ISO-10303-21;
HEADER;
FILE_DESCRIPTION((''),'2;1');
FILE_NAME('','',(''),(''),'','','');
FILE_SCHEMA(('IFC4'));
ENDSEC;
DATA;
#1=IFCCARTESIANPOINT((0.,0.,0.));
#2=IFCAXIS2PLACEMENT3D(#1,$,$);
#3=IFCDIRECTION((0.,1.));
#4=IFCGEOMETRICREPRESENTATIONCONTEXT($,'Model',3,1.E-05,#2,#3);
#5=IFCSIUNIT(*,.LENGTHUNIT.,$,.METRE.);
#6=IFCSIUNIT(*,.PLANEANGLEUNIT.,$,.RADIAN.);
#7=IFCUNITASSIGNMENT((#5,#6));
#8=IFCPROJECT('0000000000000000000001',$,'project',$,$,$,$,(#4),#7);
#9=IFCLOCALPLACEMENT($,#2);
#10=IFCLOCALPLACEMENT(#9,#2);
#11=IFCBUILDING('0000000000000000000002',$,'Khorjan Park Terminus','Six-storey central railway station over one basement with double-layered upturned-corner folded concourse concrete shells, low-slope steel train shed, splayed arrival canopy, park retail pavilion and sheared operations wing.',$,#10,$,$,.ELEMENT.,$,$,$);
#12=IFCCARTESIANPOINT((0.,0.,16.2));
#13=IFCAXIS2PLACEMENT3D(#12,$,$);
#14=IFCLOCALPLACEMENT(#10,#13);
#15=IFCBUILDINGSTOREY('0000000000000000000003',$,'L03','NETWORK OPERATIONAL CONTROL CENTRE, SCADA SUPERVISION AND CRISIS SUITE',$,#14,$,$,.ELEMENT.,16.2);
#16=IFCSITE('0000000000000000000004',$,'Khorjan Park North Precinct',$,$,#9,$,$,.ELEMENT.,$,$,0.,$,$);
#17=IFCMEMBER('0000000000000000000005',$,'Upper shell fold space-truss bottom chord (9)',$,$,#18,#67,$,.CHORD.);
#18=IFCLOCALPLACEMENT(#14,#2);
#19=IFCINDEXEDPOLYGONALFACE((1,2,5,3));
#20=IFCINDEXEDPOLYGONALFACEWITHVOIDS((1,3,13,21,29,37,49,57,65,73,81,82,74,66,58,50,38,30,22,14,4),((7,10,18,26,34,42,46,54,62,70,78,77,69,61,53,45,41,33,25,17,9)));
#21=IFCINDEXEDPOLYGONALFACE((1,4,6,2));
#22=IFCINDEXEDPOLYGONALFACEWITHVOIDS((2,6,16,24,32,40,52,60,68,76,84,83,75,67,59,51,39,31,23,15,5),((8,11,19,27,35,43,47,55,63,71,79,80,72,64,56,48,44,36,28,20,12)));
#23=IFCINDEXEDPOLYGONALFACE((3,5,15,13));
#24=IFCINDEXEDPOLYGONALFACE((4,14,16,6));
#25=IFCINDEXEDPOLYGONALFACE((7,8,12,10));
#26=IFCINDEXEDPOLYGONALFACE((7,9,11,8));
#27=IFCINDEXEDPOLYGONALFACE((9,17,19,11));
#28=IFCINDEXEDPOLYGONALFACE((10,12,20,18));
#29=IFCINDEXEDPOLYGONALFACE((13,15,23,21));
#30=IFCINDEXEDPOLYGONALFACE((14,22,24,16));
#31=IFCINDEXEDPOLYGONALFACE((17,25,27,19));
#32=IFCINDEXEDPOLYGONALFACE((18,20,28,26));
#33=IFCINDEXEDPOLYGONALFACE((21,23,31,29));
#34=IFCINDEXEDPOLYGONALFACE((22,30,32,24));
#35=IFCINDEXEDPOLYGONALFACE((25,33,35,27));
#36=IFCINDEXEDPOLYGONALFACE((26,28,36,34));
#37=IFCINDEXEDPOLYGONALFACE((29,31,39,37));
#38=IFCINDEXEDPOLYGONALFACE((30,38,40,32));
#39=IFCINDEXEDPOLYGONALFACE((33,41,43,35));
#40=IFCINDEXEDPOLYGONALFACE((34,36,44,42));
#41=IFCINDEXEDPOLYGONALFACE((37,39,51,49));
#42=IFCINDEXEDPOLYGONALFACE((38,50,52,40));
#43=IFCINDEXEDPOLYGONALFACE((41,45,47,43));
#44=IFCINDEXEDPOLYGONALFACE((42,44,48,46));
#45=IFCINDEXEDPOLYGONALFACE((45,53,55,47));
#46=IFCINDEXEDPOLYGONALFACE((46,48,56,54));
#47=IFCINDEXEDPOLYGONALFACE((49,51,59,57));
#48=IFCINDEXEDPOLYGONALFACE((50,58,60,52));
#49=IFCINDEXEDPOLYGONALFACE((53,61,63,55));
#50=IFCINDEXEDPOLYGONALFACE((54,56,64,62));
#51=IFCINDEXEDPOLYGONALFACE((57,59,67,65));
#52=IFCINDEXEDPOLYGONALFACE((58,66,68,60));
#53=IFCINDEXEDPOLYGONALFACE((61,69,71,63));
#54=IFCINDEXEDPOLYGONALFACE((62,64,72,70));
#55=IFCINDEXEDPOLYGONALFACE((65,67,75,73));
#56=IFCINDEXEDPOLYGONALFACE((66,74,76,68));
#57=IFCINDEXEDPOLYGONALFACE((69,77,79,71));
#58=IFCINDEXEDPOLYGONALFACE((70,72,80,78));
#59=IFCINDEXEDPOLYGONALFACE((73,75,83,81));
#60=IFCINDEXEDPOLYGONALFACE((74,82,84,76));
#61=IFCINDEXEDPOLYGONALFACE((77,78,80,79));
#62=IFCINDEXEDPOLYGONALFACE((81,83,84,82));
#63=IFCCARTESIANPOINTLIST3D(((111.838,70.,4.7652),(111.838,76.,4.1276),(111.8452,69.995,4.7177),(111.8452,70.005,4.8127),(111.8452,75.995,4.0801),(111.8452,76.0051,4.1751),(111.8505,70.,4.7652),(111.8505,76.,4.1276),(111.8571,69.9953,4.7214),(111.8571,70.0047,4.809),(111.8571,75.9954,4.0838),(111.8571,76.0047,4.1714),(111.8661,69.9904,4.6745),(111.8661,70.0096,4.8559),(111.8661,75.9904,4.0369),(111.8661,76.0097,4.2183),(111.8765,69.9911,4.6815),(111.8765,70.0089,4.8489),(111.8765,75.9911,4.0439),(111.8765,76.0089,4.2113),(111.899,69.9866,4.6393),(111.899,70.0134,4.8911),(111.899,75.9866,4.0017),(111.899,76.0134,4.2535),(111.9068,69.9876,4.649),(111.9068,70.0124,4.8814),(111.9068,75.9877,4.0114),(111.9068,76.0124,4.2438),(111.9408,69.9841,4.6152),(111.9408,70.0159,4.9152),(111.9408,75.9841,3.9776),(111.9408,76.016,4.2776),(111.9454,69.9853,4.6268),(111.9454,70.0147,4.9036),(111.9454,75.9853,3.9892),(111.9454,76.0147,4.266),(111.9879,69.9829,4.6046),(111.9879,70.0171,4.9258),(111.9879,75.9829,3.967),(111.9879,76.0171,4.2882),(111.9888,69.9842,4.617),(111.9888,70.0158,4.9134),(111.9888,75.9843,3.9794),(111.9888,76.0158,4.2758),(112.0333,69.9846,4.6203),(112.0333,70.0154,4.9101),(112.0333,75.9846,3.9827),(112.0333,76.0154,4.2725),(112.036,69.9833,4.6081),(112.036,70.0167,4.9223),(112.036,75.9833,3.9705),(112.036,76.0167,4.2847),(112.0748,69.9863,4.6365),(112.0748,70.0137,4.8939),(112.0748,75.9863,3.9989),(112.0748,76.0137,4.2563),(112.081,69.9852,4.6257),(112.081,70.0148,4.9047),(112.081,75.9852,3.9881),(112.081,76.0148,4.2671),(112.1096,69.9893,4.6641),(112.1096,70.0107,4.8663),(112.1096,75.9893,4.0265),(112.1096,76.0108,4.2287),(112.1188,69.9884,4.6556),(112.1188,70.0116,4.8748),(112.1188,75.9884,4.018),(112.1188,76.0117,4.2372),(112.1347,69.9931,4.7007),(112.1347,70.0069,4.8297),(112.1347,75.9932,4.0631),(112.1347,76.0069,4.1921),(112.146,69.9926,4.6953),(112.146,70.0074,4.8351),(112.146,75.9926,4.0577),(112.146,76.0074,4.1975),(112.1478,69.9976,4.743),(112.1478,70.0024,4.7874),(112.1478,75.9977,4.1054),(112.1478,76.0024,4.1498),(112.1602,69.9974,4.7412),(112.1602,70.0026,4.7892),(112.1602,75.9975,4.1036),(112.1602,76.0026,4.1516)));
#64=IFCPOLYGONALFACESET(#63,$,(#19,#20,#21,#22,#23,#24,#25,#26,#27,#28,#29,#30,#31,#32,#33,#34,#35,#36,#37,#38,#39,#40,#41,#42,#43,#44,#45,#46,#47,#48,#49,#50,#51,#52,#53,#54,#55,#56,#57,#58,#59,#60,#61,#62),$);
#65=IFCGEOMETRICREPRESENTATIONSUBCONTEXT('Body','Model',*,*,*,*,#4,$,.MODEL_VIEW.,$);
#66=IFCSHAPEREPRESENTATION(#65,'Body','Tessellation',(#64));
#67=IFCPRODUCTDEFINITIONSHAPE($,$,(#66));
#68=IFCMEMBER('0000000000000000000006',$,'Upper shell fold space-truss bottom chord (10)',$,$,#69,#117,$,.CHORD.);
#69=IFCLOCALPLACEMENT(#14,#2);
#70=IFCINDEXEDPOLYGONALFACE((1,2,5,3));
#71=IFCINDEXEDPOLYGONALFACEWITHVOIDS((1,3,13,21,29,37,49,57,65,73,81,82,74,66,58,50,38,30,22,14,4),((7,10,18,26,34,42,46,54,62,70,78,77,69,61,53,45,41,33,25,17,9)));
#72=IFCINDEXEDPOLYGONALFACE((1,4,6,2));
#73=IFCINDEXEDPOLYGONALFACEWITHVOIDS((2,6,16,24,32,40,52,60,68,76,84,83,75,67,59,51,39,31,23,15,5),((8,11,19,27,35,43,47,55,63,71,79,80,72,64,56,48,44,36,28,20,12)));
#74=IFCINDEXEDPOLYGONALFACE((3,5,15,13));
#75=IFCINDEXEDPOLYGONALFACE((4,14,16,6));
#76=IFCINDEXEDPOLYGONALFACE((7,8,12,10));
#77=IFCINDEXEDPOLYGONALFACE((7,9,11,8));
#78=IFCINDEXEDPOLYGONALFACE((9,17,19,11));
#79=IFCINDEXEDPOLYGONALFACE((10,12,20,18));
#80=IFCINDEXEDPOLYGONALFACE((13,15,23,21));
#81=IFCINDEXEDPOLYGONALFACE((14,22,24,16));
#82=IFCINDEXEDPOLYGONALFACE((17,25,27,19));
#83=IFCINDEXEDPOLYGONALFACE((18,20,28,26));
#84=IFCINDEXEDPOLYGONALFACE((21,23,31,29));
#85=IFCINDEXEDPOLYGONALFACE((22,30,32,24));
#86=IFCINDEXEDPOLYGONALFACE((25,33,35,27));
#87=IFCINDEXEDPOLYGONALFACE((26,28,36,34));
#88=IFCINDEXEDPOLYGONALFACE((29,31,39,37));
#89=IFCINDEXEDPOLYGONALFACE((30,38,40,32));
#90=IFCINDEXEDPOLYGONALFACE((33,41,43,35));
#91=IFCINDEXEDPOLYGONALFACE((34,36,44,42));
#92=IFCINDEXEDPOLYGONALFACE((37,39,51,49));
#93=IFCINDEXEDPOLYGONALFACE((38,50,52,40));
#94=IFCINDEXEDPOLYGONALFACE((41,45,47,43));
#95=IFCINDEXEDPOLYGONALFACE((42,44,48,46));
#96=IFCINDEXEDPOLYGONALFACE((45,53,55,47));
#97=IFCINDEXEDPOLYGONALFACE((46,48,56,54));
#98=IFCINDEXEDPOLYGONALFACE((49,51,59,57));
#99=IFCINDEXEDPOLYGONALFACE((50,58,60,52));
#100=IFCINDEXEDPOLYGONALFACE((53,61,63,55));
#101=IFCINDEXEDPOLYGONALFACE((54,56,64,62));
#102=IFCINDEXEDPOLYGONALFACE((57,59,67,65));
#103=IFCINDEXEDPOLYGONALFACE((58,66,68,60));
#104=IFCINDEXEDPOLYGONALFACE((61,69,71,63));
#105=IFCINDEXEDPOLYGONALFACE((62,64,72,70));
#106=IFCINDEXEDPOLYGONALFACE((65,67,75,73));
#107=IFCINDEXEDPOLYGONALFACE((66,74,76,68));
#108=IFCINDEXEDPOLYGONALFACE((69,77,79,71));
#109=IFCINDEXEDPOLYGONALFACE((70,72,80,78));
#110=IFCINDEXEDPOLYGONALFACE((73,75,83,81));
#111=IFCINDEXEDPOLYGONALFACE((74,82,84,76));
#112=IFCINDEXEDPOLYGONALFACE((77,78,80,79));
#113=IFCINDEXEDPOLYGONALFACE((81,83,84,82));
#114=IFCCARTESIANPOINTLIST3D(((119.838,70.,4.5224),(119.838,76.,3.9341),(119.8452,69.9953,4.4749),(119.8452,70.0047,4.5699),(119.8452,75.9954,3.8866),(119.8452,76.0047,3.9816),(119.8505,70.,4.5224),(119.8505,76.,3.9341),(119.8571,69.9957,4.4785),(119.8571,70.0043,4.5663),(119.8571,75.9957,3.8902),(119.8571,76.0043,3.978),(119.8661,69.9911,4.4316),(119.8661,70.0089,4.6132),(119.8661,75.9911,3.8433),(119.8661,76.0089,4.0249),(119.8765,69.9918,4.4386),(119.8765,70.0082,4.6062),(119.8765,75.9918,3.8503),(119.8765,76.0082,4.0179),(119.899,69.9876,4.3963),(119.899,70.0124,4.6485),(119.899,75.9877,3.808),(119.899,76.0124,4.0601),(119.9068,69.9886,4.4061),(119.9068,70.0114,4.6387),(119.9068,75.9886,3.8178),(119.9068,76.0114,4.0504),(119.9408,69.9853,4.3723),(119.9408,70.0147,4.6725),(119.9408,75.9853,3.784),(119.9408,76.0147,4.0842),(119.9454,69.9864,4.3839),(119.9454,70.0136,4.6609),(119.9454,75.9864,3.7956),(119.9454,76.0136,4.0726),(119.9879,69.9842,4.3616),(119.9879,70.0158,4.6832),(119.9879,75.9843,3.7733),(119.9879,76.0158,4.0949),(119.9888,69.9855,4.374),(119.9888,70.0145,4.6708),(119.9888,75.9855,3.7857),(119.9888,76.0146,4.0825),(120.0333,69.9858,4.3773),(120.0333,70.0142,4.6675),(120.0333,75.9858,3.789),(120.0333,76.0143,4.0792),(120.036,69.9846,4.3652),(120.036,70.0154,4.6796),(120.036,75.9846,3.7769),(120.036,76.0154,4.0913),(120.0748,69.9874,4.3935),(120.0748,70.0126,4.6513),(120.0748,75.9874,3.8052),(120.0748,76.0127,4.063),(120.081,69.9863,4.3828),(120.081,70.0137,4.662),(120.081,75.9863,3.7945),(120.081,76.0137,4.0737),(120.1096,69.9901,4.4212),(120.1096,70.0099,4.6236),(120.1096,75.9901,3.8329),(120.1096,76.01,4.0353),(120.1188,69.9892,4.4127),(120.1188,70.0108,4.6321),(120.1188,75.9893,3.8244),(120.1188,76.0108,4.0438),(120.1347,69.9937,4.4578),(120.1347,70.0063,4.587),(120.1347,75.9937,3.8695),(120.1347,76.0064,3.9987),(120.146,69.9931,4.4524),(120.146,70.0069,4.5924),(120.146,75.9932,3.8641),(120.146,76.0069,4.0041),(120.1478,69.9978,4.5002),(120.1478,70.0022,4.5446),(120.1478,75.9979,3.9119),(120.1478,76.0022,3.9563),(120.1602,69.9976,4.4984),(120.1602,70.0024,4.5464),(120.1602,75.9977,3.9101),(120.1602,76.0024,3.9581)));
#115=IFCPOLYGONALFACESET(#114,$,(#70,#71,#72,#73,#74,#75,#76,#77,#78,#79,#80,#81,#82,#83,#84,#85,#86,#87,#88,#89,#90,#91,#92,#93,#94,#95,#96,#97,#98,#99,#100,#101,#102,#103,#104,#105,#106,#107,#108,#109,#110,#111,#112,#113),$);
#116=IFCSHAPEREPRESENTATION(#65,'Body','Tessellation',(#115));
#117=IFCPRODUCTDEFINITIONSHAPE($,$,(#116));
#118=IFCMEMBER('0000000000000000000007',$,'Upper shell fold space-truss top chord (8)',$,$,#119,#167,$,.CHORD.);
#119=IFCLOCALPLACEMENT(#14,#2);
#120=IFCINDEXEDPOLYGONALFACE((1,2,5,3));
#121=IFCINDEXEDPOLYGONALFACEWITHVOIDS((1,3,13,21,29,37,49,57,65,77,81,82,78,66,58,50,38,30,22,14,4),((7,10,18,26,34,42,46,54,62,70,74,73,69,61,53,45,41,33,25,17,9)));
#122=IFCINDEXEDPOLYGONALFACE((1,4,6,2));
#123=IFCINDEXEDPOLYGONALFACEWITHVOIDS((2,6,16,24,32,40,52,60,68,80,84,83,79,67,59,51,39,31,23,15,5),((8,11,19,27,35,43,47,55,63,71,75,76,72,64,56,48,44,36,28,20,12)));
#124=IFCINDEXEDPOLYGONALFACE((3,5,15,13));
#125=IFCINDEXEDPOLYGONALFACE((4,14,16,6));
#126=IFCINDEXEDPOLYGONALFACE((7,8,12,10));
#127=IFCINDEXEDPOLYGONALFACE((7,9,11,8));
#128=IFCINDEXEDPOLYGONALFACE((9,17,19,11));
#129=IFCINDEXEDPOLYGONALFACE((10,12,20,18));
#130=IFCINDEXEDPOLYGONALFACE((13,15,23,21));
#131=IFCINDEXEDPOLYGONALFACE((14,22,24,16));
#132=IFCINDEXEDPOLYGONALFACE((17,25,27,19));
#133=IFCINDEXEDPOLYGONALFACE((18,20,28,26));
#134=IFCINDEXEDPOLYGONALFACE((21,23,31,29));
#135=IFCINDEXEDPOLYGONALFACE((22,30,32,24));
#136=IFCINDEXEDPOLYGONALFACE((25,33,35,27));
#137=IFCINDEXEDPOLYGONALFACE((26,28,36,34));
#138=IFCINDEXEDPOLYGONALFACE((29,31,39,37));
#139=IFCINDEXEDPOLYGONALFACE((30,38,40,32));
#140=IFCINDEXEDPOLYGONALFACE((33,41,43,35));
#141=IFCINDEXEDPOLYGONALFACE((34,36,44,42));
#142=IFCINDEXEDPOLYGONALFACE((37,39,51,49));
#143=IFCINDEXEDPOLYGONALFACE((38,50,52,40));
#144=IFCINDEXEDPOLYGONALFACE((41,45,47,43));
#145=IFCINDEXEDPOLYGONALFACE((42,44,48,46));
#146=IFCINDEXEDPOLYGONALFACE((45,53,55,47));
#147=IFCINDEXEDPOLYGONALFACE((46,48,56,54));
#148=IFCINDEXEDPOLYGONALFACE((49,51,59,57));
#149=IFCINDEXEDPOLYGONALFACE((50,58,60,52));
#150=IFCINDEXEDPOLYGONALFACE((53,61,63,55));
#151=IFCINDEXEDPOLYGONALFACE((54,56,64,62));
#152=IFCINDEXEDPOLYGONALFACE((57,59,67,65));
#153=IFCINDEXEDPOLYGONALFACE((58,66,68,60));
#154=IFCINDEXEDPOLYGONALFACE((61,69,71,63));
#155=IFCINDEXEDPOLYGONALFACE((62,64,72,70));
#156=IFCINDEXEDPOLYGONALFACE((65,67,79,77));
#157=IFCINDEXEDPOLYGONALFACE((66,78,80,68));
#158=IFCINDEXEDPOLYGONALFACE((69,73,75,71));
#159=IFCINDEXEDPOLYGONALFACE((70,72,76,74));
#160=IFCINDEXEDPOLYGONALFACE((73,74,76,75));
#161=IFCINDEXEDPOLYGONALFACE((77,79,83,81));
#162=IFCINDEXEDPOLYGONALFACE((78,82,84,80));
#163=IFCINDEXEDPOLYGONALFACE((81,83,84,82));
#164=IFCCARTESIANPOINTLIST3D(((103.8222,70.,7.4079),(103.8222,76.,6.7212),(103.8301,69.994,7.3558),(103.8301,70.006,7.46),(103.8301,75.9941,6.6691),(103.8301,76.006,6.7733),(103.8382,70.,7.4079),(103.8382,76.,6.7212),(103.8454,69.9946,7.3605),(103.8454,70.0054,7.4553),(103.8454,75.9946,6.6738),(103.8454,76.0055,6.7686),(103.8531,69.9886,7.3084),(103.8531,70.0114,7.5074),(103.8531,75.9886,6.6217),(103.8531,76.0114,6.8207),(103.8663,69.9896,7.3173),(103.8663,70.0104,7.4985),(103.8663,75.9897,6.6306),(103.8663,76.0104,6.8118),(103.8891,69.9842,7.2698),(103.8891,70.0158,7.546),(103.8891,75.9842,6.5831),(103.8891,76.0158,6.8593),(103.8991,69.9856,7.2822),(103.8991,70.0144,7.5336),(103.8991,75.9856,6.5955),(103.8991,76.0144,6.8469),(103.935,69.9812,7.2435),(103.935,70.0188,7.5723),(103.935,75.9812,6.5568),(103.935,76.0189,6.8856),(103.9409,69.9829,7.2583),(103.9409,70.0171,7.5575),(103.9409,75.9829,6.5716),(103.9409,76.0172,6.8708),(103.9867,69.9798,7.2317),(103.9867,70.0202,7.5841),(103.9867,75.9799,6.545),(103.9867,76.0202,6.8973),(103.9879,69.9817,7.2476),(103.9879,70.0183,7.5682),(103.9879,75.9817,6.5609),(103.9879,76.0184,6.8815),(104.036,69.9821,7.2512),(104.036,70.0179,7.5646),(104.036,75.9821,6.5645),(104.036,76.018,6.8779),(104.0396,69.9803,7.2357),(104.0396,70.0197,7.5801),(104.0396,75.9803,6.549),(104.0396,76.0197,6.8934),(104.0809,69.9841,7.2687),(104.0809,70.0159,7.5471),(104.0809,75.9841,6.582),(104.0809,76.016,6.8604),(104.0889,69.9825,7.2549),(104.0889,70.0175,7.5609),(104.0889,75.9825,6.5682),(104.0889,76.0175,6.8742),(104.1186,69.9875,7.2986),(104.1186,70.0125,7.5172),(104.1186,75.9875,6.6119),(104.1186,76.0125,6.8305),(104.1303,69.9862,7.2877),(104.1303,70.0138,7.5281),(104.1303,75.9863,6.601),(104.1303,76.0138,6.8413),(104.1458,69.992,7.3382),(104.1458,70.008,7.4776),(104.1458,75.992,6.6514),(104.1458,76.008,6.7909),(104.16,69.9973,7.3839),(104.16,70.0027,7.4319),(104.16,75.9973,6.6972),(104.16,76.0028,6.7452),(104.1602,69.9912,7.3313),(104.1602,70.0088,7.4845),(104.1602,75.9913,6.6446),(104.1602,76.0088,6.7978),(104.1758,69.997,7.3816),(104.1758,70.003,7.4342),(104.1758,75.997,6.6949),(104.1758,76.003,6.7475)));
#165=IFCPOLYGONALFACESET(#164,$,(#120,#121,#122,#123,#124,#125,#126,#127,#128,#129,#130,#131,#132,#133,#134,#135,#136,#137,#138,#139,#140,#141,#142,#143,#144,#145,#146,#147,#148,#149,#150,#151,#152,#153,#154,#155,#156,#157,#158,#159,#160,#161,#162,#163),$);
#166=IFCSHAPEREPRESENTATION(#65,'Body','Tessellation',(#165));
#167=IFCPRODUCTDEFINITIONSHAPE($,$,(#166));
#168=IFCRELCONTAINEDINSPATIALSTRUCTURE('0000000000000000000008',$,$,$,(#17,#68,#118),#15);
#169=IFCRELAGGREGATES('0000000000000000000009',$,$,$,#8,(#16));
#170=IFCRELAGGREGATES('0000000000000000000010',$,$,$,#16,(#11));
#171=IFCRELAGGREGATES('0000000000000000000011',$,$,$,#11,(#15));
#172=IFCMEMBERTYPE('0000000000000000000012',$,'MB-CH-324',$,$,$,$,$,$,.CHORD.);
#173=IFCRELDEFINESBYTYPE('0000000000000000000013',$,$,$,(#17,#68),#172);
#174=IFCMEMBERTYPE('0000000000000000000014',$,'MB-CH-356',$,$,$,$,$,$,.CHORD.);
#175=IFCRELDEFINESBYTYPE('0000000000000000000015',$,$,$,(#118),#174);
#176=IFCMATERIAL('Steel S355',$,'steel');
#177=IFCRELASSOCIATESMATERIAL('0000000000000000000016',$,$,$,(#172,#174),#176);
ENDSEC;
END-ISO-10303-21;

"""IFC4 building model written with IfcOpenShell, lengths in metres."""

from ifc_helpers import new_model, si_unit, direction, frame, origin, origin_2d, place, context, subcontext, project, spatial, hollow_circle, extrude, material, material_profile, profile_set, type_object, element, save


model = new_model("IFC4")

# Units and contexts
model_context = context("Model", 3, precision=1e-05, world=origin(), true_north=direction((0.0, 1.0)))
body_context = subcontext(model_context, "Body", "Model", "MODEL_VIEW")
ifc_project = project(units=[si_unit("LENGTHUNIT", "METRE"), si_unit("PLANEANGLEUNIT", "RADIAN")], contexts=[model_context])

# Site, building, storey
site_placement = place(None, origin())
site = spatial("IfcSite", under=ifc_project, at=site_placement, Name="Khorjan Park North Precinct", CompositionType="ELEMENT", RefElevation=0.0)
building_placement = place(site_placement, origin())
building = spatial("IfcBuilding", under=site, at=building_placement, Name="Khorjan Park Terminus", Description="Six-storey central railway station over one basement with double-layered upturned-corner folded concourse concrete shells, low-slope steel train shed, splayed arrival canopy, park retail pavilion and sheared operations wing.", CompositionType="ELEMENT")
storey_placement = place(building_placement, frame((0.0, 0.0, 16.2)))
storey = spatial("IfcBuildingStorey", under=building, at=storey_placement, Name="L03", Description="NETWORK OPERATIONAL CONTROL CENTRE, SCADA SUPERVISION AND CRISIS SUITE", CompositionType="ELEMENT", Elevation=16.2)

# Members
ifc_material = material(Name="Steel S355", Category="steel")
ifc_material_profile_1 = material_profile(ifc_material, hollow_circle(Radius=0.162, WallThickness=0.0125, at=origin_2d()), Name="CHS 323.9x12.5")
ifc_profile_set_1 = profile_set([ifc_material_profile_1], Name="Steel S355")
member_type_1 = type_object("IfcMemberType", Name="MB-CH-324", PredefinedType="CHORD", material=ifc_profile_set_1)
member_1_placement = place(storey_placement, frame((112.0, 70.0, 4.7652), z_axis=(0.0, 0.994401, -0.105672), x_axis=(-1.0, 0.0, 0.0)))
element("IfcMember", 1, at=member_1_placement, inside=storey, type_object=member_type_1, Name="Upper shell fold space-truss bottom chord (9)", PredefinedType="CHORD", context=body_context, shape_type="SweptSolid", body=[
    extrude(hollow_circle(Radius=0.162, WallThickness=0.0125, at=origin_2d()), origin(), (0.0, 0.0, 1.0), 6.0338),
])
member_2_placement = place(storey_placement, frame((120.0, 70.0, 4.5224), z_axis=(0.0, 0.995227, -0.097582), x_axis=(-1.0, 0.0, 0.0)))
element("IfcMember", 2, at=member_2_placement, inside=storey, type_object=member_type_1, Name="Upper shell fold space-truss bottom chord (10)", PredefinedType="CHORD", context=body_context, shape_type="SweptSolid", body=[
    extrude(hollow_circle(Radius=0.162, WallThickness=0.0125, at=origin_2d()), origin(), (0.0, 0.0, 1.0), 6.0288),
])
ifc_material_profile_2 = material_profile(ifc_material, hollow_circle(Radius=0.1778, WallThickness=0.016, at=origin_2d()), Name="CHS 355.6x16")
ifc_profile_set_2 = profile_set([ifc_material_profile_2], Name="Steel S355")
member_type_2 = type_object("IfcMemberType", Name="MB-CH-356", PredefinedType="CHORD", material=ifc_profile_set_2)
for number, where, z_axis, x_axis, name in (
    (3, (104.0, 70.0, 7.4079), (0.0, 0.993514, -0.113708), (-1.0, 0.0, 0.0), "Upper shell fold space-truss top chord (8)"),
):
    element("IfcMember", number, at=place(storey_placement, frame(where, z_axis=z_axis, x_axis=x_axis)), inside=storey, type_object=member_type_2, Name=name, PredefinedType="CHORD", context=body_context, shape_type="SweptSolid", body=[
        extrude(hollow_circle(Radius=0.1778, WallThickness=0.016, at=origin_2d()), origin(), (0.0, 0.0, 1.0), 6.0392),
    ])

save(model, "model.ifc")
